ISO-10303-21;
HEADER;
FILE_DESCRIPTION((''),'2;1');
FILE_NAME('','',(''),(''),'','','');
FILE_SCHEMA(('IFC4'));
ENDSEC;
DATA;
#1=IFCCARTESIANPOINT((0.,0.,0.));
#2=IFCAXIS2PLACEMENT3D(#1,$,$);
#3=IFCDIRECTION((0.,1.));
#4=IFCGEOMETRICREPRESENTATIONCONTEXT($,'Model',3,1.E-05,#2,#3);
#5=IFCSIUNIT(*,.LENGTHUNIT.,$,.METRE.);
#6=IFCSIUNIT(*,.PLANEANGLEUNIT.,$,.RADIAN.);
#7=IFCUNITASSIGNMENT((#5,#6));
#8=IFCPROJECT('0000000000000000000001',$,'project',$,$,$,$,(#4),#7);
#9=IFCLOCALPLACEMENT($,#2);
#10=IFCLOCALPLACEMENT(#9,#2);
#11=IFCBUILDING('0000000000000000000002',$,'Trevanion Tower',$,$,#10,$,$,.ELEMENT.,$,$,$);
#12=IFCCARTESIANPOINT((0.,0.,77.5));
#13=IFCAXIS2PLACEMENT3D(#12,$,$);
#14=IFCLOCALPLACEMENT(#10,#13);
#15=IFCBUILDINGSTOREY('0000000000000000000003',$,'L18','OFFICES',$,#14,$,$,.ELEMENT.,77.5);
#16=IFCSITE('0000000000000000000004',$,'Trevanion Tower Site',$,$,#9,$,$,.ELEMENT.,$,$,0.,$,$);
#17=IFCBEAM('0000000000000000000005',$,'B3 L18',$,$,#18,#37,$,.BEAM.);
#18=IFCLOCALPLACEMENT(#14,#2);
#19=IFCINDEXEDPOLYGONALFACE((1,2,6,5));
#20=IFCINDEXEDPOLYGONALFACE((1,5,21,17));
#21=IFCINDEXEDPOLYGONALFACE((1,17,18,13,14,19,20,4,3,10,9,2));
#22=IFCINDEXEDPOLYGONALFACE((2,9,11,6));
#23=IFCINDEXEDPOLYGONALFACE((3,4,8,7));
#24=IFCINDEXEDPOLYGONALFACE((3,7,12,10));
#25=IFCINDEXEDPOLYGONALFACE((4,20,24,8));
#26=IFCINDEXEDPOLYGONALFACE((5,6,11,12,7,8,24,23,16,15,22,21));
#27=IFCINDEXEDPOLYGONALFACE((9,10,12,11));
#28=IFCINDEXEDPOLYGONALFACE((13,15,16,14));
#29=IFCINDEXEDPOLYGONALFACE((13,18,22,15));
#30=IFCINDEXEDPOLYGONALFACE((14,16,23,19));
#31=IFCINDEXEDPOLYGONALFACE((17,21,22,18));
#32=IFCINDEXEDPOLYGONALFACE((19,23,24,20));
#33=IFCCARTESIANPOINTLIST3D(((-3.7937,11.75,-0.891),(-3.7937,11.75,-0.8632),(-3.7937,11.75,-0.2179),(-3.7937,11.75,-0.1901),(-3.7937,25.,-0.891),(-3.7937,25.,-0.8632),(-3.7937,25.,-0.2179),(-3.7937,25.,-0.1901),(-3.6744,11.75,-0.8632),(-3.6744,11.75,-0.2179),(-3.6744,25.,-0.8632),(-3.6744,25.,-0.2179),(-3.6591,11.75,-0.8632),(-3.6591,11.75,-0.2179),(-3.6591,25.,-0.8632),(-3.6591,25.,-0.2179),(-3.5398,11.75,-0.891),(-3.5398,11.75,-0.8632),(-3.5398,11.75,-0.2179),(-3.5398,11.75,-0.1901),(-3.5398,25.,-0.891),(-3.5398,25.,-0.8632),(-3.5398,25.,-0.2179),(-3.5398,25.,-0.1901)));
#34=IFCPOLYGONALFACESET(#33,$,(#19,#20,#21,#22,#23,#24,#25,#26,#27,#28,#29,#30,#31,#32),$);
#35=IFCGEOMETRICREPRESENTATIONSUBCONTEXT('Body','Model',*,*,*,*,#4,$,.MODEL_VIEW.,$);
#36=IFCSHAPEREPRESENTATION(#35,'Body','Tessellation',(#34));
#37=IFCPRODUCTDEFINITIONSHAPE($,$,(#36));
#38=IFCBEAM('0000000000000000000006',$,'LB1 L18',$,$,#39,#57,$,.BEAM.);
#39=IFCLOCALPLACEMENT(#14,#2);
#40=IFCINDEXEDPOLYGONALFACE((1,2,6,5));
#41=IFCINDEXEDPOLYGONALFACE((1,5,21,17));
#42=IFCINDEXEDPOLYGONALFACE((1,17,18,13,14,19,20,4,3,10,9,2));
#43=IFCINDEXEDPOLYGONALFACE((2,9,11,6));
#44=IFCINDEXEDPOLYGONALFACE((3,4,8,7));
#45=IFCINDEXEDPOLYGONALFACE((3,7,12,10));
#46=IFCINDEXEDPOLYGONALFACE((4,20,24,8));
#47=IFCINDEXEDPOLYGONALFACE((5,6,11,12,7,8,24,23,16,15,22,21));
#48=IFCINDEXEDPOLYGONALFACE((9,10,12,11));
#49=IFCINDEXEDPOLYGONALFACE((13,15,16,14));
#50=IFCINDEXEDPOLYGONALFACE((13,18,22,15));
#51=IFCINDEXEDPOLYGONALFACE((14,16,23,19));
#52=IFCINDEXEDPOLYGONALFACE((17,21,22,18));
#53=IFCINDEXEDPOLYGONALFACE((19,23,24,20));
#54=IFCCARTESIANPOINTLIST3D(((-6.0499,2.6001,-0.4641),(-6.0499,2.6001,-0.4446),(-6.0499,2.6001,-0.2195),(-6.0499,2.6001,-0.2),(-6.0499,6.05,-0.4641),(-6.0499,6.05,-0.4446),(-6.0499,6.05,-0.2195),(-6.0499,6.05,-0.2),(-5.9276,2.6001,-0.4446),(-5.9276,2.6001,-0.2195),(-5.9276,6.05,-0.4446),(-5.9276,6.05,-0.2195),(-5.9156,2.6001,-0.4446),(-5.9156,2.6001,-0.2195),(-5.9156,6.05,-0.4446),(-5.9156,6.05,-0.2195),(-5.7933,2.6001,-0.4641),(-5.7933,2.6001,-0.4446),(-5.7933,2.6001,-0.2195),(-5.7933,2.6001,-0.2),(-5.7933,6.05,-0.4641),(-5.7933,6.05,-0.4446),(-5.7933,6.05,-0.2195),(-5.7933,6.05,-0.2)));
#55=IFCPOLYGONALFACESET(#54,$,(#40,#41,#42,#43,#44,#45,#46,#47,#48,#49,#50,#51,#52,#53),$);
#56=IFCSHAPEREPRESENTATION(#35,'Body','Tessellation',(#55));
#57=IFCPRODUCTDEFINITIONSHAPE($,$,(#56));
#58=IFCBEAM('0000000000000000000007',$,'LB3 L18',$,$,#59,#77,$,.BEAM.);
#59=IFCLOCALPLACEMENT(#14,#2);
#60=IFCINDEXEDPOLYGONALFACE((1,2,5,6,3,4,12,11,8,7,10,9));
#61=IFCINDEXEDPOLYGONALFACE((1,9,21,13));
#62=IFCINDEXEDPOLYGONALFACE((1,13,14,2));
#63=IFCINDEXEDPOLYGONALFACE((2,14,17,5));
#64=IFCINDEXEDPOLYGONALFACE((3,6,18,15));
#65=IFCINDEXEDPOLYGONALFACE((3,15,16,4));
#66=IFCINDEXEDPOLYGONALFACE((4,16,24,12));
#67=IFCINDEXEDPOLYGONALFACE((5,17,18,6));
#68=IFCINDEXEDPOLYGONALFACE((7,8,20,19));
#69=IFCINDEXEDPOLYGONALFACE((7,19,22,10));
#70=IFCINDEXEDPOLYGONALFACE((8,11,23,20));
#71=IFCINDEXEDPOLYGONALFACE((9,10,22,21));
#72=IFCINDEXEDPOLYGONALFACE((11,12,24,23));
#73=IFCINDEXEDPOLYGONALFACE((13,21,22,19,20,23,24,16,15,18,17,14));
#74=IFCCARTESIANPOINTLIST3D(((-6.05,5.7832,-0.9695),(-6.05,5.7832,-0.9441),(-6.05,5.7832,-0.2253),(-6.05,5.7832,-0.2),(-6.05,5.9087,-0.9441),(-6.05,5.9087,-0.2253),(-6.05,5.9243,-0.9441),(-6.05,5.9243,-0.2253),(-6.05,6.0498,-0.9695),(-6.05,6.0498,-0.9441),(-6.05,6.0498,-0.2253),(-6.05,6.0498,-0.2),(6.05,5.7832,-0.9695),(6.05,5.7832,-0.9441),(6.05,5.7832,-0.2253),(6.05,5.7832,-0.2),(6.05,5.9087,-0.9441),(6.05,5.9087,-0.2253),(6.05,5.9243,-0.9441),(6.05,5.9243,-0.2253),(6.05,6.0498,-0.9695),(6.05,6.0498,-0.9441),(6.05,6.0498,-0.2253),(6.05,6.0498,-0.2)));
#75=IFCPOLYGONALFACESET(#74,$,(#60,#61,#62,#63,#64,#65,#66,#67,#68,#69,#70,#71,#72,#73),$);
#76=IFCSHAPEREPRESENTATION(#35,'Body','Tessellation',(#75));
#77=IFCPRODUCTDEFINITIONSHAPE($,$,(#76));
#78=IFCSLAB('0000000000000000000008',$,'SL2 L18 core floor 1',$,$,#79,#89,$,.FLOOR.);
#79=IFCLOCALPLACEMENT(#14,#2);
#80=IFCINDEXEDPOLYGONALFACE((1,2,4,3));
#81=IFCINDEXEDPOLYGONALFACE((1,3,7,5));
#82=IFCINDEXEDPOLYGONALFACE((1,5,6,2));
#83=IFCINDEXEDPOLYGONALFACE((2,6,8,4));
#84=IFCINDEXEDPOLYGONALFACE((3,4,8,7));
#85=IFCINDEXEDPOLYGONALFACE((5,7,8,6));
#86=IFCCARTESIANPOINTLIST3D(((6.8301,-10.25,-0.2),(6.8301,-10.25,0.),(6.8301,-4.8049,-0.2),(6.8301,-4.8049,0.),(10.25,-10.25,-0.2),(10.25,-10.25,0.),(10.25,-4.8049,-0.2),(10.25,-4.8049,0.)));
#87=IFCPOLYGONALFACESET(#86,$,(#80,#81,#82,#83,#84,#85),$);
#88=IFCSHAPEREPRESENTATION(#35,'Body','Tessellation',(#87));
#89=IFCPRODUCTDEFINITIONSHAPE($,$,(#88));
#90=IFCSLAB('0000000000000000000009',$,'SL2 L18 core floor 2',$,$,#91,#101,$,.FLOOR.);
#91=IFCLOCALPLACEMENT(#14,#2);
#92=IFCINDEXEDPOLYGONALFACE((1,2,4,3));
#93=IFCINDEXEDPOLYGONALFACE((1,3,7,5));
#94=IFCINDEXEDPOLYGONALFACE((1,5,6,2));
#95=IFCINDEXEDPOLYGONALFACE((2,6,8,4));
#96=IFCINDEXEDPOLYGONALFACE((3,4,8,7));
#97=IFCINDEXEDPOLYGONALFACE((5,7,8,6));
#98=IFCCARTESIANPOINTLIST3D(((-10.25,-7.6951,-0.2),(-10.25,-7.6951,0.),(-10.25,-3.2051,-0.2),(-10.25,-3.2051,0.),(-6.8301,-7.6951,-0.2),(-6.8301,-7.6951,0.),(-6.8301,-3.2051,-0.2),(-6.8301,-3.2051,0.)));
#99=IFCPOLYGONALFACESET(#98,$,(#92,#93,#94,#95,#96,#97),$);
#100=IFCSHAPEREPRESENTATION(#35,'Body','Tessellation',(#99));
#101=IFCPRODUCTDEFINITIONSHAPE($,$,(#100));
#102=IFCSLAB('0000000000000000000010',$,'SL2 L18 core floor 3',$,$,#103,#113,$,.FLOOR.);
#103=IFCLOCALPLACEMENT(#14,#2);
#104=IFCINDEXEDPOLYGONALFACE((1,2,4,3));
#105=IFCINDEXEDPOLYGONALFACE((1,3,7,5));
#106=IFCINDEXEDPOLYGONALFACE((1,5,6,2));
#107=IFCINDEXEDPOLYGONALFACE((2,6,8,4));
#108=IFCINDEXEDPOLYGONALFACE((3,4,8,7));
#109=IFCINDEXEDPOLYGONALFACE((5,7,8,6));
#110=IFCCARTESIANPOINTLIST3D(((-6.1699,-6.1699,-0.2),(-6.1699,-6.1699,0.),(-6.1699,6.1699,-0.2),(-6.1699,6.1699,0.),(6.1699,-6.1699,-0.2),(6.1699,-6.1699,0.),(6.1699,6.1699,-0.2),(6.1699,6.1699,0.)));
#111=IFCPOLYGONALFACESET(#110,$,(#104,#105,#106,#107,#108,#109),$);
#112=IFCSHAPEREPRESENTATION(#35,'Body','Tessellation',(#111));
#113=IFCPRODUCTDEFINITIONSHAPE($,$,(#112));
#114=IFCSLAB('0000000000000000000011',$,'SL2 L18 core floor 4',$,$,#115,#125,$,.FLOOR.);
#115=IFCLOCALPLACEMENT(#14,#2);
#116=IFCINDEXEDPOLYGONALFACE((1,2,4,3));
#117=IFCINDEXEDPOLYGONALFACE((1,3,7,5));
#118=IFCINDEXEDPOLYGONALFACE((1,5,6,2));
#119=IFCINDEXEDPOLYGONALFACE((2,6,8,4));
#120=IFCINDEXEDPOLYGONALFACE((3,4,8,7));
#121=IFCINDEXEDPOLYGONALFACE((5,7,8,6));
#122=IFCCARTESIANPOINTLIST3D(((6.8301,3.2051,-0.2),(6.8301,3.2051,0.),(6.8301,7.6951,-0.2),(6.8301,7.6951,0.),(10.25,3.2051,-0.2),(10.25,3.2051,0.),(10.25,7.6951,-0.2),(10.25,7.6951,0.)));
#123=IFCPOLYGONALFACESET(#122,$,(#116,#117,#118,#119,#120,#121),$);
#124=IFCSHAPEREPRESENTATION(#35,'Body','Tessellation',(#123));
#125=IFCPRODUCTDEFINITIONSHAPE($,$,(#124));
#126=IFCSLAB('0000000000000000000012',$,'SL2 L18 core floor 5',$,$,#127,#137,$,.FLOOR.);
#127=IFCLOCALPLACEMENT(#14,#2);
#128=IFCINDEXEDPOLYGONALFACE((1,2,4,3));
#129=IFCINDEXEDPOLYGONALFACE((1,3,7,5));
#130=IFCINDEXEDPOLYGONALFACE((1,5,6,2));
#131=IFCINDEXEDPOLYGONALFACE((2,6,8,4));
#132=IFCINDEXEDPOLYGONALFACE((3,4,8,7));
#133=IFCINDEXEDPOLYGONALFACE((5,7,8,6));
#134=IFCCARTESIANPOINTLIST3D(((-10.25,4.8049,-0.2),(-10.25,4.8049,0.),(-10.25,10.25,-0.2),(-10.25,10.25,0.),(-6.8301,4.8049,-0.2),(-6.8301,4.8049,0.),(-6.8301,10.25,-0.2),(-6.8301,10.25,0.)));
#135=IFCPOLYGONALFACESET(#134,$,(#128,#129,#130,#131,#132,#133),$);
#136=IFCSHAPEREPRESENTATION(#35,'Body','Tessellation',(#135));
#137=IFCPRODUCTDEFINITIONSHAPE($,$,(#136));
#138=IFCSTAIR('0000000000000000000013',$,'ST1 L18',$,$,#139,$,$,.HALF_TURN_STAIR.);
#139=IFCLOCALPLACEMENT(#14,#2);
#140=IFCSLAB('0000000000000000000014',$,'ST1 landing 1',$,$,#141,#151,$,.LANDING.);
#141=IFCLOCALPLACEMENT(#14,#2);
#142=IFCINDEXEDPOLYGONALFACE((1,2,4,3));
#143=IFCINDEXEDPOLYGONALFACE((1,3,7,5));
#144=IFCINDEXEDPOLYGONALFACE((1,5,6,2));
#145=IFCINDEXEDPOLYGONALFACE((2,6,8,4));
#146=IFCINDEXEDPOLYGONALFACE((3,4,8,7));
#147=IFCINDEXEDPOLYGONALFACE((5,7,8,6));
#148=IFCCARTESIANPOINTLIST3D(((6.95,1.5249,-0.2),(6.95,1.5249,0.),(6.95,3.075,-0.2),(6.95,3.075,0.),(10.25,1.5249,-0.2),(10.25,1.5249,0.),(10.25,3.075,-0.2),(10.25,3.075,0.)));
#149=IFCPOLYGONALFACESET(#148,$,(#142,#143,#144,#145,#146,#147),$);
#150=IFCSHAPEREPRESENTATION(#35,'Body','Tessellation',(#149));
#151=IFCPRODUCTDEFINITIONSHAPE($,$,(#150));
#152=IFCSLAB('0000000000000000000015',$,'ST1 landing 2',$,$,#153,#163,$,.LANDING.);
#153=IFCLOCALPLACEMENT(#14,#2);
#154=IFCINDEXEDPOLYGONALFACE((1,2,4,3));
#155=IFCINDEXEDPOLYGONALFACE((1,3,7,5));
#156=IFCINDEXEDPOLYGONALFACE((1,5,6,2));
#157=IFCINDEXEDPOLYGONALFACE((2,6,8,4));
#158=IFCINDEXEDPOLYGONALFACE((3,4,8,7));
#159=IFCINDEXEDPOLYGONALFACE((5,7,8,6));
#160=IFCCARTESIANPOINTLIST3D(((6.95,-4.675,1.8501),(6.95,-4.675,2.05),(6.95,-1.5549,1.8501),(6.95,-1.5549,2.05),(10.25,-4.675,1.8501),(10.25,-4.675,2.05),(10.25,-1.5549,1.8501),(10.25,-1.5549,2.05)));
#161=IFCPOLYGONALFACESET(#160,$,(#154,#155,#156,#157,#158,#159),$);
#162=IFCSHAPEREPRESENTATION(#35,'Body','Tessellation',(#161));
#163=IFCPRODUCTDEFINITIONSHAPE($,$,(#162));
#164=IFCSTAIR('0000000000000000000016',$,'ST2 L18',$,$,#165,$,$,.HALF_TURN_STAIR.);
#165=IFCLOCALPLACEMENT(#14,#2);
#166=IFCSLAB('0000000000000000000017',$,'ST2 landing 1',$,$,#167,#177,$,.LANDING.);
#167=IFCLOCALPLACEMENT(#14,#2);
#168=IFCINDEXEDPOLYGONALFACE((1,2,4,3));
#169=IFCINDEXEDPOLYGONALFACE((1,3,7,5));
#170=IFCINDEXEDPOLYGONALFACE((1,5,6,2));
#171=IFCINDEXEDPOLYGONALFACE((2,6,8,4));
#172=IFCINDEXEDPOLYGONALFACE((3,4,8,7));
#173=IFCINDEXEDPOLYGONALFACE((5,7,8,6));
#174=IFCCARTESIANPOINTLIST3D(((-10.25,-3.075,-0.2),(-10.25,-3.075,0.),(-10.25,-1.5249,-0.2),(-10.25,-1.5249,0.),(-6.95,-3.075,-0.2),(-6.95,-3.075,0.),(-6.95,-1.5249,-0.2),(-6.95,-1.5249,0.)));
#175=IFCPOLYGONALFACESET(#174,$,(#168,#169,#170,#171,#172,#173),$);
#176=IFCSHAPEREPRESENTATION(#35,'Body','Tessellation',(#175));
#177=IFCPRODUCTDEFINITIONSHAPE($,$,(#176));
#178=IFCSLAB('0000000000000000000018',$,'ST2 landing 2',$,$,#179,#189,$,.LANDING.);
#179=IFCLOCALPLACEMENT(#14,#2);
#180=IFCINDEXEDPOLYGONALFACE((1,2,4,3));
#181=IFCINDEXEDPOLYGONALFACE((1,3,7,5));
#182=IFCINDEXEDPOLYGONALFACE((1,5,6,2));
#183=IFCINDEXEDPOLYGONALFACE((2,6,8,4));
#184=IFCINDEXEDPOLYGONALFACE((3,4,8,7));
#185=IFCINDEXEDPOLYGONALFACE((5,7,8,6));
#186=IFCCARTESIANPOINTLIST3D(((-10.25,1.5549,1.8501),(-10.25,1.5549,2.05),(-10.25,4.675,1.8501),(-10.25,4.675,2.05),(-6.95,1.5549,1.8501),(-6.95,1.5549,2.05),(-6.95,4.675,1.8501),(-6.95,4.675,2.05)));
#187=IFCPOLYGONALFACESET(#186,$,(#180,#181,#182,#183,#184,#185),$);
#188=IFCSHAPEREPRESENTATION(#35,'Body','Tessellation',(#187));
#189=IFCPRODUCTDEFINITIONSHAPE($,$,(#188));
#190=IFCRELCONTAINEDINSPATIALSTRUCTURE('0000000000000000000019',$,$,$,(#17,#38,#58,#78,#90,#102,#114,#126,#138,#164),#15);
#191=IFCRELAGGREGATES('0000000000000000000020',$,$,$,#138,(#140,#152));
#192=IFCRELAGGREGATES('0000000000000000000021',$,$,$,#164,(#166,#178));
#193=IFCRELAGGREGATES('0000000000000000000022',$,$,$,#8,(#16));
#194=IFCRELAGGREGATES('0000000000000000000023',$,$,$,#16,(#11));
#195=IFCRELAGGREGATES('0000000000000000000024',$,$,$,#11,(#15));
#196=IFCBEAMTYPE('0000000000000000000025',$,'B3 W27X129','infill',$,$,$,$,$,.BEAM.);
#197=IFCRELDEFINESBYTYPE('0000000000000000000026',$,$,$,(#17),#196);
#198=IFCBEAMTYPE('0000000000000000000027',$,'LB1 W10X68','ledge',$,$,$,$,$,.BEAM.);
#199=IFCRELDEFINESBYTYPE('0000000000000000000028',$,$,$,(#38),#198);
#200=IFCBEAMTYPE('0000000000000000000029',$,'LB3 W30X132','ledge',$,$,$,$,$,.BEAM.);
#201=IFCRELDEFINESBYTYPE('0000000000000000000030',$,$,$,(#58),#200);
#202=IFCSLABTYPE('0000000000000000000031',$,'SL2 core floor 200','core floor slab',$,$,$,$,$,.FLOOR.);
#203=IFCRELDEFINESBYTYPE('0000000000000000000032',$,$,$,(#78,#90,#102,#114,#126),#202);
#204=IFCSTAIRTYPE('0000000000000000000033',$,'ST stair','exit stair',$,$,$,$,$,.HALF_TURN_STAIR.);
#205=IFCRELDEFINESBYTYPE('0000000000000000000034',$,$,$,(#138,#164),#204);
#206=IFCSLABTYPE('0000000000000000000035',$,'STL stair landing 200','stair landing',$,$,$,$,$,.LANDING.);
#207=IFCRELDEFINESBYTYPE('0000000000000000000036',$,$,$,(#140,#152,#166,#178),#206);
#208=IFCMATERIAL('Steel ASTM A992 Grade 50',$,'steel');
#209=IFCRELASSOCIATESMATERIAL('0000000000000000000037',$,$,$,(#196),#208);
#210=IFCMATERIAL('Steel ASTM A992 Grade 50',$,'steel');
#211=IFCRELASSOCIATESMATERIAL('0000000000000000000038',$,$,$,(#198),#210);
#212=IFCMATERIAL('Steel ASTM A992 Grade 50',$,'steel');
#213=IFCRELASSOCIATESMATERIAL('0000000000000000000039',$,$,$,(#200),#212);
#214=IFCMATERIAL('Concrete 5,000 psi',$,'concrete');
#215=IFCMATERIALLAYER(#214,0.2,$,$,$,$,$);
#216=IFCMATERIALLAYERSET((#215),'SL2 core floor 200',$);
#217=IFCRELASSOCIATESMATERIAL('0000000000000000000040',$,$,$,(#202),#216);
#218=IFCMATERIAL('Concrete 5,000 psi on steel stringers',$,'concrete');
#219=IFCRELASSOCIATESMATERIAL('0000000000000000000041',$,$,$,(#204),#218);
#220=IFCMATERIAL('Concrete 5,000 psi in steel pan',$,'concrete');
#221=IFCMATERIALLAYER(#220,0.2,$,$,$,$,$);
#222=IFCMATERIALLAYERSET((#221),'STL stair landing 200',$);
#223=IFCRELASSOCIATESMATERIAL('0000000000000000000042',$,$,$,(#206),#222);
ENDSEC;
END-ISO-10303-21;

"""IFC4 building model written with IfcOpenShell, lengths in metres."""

from ifc_helpers import new_model, si_unit, direction, frame, origin, origin_2d, place, context, subcontext, project, spatial, polyline, i_section, outline, extrude, material, layer, layer_set, material_profile, profile_set, type_object, element, aggregate, save


model = new_model("IFC4")

# Units and contexts
model_context = context("Model", 3, precision=1e-05, world=origin(), true_north=direction((0.0, 1.0)))
body_context = subcontext(model_context, "Body", "Model", "MODEL_VIEW")
ifc_project = project(units=[si_unit("LENGTHUNIT", "METRE"), si_unit("PLANEANGLEUNIT", "RADIAN")], contexts=[model_context])

# Site, building, storey
site_placement = place(None, origin())
site = spatial("IfcSite", under=ifc_project, at=site_placement, Name="Trevanion Tower Site", CompositionType="ELEMENT", RefElevation=0.0)
building_placement = place(site_placement, origin())
building = spatial("IfcBuilding", under=site, at=building_placement, Name="Trevanion Tower", CompositionType="ELEMENT")
storey_placement = place(building_placement, frame((0.0, 0.0, 77.5)))
storey = spatial("IfcBuildingStorey", under=building, at=storey_placement, Name="L18", Description="OFFICES", CompositionType="ELEMENT", Elevation=77.5)

# Beams
ifc_material_1 = material(Name="Steel ASTM A992 Grade 50", Category="steel")
ifc_material_profile_1 = material_profile(ifc_material_1, i_section(OverallWidth=0.2539, OverallDepth=0.7009, WebThickness=0.0154, FlangeThickness=0.0278, at=origin_2d()), Name="W27X129")
ifc_profile_set_1 = profile_set([ifc_material_profile_1], Name="Steel ASTM A992 Grade 50")
beam_type_1 = type_object("IfcBeamType", Name="B3 W27X129", Description="infill", PredefinedType="BEAM", material=ifc_profile_set_1)
beam_1_placement = place(storey_placement, frame((-3.6667, 11.75, -0.5405), z_axis=(0.0, 1.0, 0.0), x_axis=(-1.0, 0.0, 0.0)))
element("IfcBeam", 1, at=beam_1_placement, inside=storey, type_object=beam_type_1, Name="B3 L18", PredefinedType="BEAM", context=body_context, shape_type="SweptSolid", body=[
    extrude(i_section(OverallWidth=0.2539, OverallDepth=0.7009, WebThickness=0.0154, FlangeThickness=0.0278, at=origin_2d()), origin(), (0.0, 0.0, 1.0), 13.25),
])
ifc_material_2 = material(Name="Steel ASTM A992 Grade 50", Category="steel")
ifc_material_profile_2 = material_profile(ifc_material_2, i_section(OverallWidth=0.2566, OverallDepth=0.2642, WebThickness=0.012, FlangeThickness=0.0195, at=origin_2d()), Name="W10X68")
ifc_profile_set_2 = profile_set([ifc_material_profile_2], Name="Steel ASTM A992 Grade 50")
beam_type_2 = type_object("IfcBeamType", Name="LB1 W10X68", Description="ledge", PredefinedType="BEAM", material=ifc_profile_set_2)
beam_2_placement = place(storey_placement, frame((-5.9216, 2.6001, -0.332), z_axis=(0.0, 1.0, 0.0), x_axis=(-1.0, 0.0, 0.0)))
element("IfcBeam", 2, at=beam_2_placement, inside=storey, type_object=beam_type_2, Name="LB1 L18", PredefinedType="BEAM", context=body_context, shape_type="SweptSolid", body=[
    extrude(i_section(OverallWidth=0.2566, OverallDepth=0.2642, WebThickness=0.012, FlangeThickness=0.0195, at=origin_2d()), origin(), (0.0, 0.0, 1.0), 3.45),
])
ifc_material_3 = material(Name="Steel ASTM A992 Grade 50", Category="steel")
ifc_material_profile_3 = material_profile(ifc_material_3, i_section(OverallWidth=0.2666, OverallDepth=0.7695, WebThickness=0.0156, FlangeThickness=0.0254, at=origin_2d()), Name="W30X132")
ifc_profile_set_3 = profile_set([ifc_material_profile_3], Name="Steel ASTM A992 Grade 50")
beam_type_3 = type_object("IfcBeamType", Name="LB3 W30X132", Description="ledge", PredefinedType="BEAM", material=ifc_profile_set_3)
beam_3_placement = place(storey_placement, frame((-6.05, 5.9165, -0.5847), z_axis=(1.0, 0.0, 0.0), x_axis=(0.0, 1.0, 0.0)))
element("IfcBeam", 3, at=beam_3_placement, inside=storey, type_object=beam_type_3, Name="LB3 L18", PredefinedType="BEAM", context=body_context, shape_type="SweptSolid", body=[
    extrude(i_section(OverallWidth=0.2666, OverallDepth=0.7695, WebThickness=0.0156, FlangeThickness=0.0254, at=origin_2d()), origin(), (0.0, 0.0, 1.0), 12.1001),
])

# Slabs
ifc_material_4 = material(Name="Concrete 5,000 psi", Category="concrete")
ifc_layer_1 = layer(ifc_material_4, 0.2)
ifc_layer_set_1 = layer_set([ifc_layer_1], Name="SL2 core floor 200")
slab_type_1 = type_object("IfcSlabType", Name="SL2 core floor 200", Description="core floor slab", PredefinedType="FLOOR", material=ifc_layer_set_1)
slab_1_placement = place(storey_placement, frame((0.0, 0.0, -0.2)))
element("IfcSlab", 4, at=slab_1_placement, inside=storey, type_object=slab_type_1, Name="SL2 L18 core floor 1", PredefinedType="FLOOR", context=body_context, shape_type="SweptSolid", body=[
    extrude(outline(polyline([(10.25, -4.8049), (10.25, -10.25), (6.8301, -10.25), (6.8301, -4.8049), (10.25, -4.8049)])), origin(), (0.0, 0.0, 1.0), 0.2),
])
slab_2_placement = place(storey_placement, frame((0.0, 0.0, -0.2)))
element("IfcSlab", 5, at=slab_2_placement, inside=storey, type_object=slab_type_1, Name="SL2 L18 core floor 2", PredefinedType="FLOOR", context=body_context, shape_type="SweptSolid", body=[
    extrude(outline(polyline([(-6.8301, -3.2051), (-6.8301, -7.6951), (-10.25, -7.6951), (-10.25, -3.2051), (-6.8301, -3.2051)])), origin(), (0.0, 0.0, 1.0), 0.2),
])
slab_3_placement = place(storey_placement, frame((0.0, 0.0, -0.2)))
element("IfcSlab", 6, at=slab_3_placement, inside=storey, type_object=slab_type_1, Name="SL2 L18 core floor 3", PredefinedType="FLOOR", context=body_context, shape_type="SweptSolid", body=[
    extrude(outline(polyline([(6.1699, -6.1699), (-6.1699, -6.1699), (-6.1699, 6.1699), (6.1699, 6.1699), (6.1699, -6.1699)])), origin(), (0.0, 0.0, 1.0), 0.2),
])
slab_4_placement = place(storey_placement, frame((0.0, 0.0, -0.2)))
element("IfcSlab", 7, at=slab_4_placement, inside=storey, type_object=slab_type_1, Name="SL2 L18 core floor 4", PredefinedType="FLOOR", context=body_context, shape_type="SweptSolid", body=[
    extrude(outline(polyline([(6.8301, 3.2051), (6.8301, 7.6951), (10.25, 7.6951), (10.25, 3.2051), (6.8301, 3.2051)])), origin(), (0.0, 0.0, 1.0), 0.2),
])
slab_5_placement = place(storey_placement, frame((0.0, 0.0, -0.2)))
element("IfcSlab", 8, at=slab_5_placement, inside=storey, type_object=slab_type_1, Name="SL2 L18 core floor 5", PredefinedType="FLOOR", context=body_context, shape_type="SweptSolid", body=[
    extrude(outline(polyline([(-6.8301, 4.8049), (-10.25, 4.8049), (-10.25, 10.25), (-6.8301, 10.25), (-6.8301, 4.8049)])), origin(), (0.0, 0.0, 1.0), 0.2),
])

# Stairs, slabs
ifc_material_5 = material(Name="Concrete 5,000 psi on steel stringers", Category="concrete")
stair_type = type_object("IfcStairType", Name="ST stair", Description="exit stair", PredefinedType="HALF_TURN_STAIR", material=ifc_material_5)
stair_1_placement = place(storey_placement, origin())
stair_1 = element("IfcStair", 9, at=stair_1_placement, inside=storey, type_object=stair_type, Name="ST1 L18", PredefinedType="HALF_TURN_STAIR")
ifc_material_6 = material(Name="Concrete 5,000 psi in steel pan", Category="concrete")
ifc_layer_2 = layer(ifc_material_6, 0.2)
ifc_layer_set_2 = layer_set([ifc_layer_2], Name="STL stair landing 200")
slab_type_2 = type_object("IfcSlabType", Name="STL stair landing 200", Description="stair landing", PredefinedType="LANDING", material=ifc_layer_set_2)
slab_6_placement = place(storey_placement, frame((0.0, 0.0, -0.2)))
slab_6 = element("IfcSlab", 10, at=slab_6_placement, type_object=slab_type_2, Name="ST1 landing 1", PredefinedType="LANDING", context=body_context, shape_type="SweptSolid", body=[
    extrude(outline(polyline([(6.95, 1.5249), (10.25, 1.5249), (10.25, 3.075), (6.95, 3.075), (6.95, 1.5249)])), origin(), (0.0, 0.0, 1.0), 0.2),
])
slab_7_placement = place(storey_placement, frame((0.0, 0.0, 1.8501)))
slab_7 = element("IfcSlab", 11, at=slab_7_placement, type_object=slab_type_2, Name="ST1 landing 2", PredefinedType="LANDING", context=body_context, shape_type="SweptSolid", body=[
    extrude(outline(polyline([(6.95, -4.675), (10.25, -4.675), (10.25, -1.5549), (6.95, -1.5549), (6.95, -4.675)])), origin(), (0.0, 0.0, 1.0), 0.2),
])
aggregate(stair_1, [slab_6, slab_7])
stair_2_placement = place(storey_placement, origin())
stair_2 = element("IfcStair", 12, at=stair_2_placement, inside=storey, type_object=stair_type, Name="ST2 L18", PredefinedType="HALF_TURN_STAIR")
slab_8_placement = place(storey_placement, frame((0.0, 0.0, -0.2)))
slab_8 = element("IfcSlab", 13, at=slab_8_placement, type_object=slab_type_2, Name="ST2 landing 1", PredefinedType="LANDING", context=body_context, shape_type="SweptSolid", body=[
    extrude(outline(polyline([(-6.95, -1.5249), (-10.25, -1.5249), (-10.25, -3.075), (-6.95, -3.075), (-6.95, -1.5249)])), origin(), (0.0, 0.0, 1.0), 0.2),
])
slab_9_placement = place(storey_placement, frame((0.0, 0.0, 1.8501)))
slab_9 = element("IfcSlab", 14, at=slab_9_placement, type_object=slab_type_2, Name="ST2 landing 2", PredefinedType="LANDING", context=body_context, shape_type="SweptSolid", body=[
    extrude(outline(polyline([(-6.95, 4.675), (-10.25, 4.675), (-10.25, 1.5549), (-6.95, 1.5549), (-6.95, 4.675)])), origin(), (0.0, 0.0, 1.0), 0.2),
])
aggregate(stair_2, [slab_8, slab_9])

save(model, "model.ifc")
